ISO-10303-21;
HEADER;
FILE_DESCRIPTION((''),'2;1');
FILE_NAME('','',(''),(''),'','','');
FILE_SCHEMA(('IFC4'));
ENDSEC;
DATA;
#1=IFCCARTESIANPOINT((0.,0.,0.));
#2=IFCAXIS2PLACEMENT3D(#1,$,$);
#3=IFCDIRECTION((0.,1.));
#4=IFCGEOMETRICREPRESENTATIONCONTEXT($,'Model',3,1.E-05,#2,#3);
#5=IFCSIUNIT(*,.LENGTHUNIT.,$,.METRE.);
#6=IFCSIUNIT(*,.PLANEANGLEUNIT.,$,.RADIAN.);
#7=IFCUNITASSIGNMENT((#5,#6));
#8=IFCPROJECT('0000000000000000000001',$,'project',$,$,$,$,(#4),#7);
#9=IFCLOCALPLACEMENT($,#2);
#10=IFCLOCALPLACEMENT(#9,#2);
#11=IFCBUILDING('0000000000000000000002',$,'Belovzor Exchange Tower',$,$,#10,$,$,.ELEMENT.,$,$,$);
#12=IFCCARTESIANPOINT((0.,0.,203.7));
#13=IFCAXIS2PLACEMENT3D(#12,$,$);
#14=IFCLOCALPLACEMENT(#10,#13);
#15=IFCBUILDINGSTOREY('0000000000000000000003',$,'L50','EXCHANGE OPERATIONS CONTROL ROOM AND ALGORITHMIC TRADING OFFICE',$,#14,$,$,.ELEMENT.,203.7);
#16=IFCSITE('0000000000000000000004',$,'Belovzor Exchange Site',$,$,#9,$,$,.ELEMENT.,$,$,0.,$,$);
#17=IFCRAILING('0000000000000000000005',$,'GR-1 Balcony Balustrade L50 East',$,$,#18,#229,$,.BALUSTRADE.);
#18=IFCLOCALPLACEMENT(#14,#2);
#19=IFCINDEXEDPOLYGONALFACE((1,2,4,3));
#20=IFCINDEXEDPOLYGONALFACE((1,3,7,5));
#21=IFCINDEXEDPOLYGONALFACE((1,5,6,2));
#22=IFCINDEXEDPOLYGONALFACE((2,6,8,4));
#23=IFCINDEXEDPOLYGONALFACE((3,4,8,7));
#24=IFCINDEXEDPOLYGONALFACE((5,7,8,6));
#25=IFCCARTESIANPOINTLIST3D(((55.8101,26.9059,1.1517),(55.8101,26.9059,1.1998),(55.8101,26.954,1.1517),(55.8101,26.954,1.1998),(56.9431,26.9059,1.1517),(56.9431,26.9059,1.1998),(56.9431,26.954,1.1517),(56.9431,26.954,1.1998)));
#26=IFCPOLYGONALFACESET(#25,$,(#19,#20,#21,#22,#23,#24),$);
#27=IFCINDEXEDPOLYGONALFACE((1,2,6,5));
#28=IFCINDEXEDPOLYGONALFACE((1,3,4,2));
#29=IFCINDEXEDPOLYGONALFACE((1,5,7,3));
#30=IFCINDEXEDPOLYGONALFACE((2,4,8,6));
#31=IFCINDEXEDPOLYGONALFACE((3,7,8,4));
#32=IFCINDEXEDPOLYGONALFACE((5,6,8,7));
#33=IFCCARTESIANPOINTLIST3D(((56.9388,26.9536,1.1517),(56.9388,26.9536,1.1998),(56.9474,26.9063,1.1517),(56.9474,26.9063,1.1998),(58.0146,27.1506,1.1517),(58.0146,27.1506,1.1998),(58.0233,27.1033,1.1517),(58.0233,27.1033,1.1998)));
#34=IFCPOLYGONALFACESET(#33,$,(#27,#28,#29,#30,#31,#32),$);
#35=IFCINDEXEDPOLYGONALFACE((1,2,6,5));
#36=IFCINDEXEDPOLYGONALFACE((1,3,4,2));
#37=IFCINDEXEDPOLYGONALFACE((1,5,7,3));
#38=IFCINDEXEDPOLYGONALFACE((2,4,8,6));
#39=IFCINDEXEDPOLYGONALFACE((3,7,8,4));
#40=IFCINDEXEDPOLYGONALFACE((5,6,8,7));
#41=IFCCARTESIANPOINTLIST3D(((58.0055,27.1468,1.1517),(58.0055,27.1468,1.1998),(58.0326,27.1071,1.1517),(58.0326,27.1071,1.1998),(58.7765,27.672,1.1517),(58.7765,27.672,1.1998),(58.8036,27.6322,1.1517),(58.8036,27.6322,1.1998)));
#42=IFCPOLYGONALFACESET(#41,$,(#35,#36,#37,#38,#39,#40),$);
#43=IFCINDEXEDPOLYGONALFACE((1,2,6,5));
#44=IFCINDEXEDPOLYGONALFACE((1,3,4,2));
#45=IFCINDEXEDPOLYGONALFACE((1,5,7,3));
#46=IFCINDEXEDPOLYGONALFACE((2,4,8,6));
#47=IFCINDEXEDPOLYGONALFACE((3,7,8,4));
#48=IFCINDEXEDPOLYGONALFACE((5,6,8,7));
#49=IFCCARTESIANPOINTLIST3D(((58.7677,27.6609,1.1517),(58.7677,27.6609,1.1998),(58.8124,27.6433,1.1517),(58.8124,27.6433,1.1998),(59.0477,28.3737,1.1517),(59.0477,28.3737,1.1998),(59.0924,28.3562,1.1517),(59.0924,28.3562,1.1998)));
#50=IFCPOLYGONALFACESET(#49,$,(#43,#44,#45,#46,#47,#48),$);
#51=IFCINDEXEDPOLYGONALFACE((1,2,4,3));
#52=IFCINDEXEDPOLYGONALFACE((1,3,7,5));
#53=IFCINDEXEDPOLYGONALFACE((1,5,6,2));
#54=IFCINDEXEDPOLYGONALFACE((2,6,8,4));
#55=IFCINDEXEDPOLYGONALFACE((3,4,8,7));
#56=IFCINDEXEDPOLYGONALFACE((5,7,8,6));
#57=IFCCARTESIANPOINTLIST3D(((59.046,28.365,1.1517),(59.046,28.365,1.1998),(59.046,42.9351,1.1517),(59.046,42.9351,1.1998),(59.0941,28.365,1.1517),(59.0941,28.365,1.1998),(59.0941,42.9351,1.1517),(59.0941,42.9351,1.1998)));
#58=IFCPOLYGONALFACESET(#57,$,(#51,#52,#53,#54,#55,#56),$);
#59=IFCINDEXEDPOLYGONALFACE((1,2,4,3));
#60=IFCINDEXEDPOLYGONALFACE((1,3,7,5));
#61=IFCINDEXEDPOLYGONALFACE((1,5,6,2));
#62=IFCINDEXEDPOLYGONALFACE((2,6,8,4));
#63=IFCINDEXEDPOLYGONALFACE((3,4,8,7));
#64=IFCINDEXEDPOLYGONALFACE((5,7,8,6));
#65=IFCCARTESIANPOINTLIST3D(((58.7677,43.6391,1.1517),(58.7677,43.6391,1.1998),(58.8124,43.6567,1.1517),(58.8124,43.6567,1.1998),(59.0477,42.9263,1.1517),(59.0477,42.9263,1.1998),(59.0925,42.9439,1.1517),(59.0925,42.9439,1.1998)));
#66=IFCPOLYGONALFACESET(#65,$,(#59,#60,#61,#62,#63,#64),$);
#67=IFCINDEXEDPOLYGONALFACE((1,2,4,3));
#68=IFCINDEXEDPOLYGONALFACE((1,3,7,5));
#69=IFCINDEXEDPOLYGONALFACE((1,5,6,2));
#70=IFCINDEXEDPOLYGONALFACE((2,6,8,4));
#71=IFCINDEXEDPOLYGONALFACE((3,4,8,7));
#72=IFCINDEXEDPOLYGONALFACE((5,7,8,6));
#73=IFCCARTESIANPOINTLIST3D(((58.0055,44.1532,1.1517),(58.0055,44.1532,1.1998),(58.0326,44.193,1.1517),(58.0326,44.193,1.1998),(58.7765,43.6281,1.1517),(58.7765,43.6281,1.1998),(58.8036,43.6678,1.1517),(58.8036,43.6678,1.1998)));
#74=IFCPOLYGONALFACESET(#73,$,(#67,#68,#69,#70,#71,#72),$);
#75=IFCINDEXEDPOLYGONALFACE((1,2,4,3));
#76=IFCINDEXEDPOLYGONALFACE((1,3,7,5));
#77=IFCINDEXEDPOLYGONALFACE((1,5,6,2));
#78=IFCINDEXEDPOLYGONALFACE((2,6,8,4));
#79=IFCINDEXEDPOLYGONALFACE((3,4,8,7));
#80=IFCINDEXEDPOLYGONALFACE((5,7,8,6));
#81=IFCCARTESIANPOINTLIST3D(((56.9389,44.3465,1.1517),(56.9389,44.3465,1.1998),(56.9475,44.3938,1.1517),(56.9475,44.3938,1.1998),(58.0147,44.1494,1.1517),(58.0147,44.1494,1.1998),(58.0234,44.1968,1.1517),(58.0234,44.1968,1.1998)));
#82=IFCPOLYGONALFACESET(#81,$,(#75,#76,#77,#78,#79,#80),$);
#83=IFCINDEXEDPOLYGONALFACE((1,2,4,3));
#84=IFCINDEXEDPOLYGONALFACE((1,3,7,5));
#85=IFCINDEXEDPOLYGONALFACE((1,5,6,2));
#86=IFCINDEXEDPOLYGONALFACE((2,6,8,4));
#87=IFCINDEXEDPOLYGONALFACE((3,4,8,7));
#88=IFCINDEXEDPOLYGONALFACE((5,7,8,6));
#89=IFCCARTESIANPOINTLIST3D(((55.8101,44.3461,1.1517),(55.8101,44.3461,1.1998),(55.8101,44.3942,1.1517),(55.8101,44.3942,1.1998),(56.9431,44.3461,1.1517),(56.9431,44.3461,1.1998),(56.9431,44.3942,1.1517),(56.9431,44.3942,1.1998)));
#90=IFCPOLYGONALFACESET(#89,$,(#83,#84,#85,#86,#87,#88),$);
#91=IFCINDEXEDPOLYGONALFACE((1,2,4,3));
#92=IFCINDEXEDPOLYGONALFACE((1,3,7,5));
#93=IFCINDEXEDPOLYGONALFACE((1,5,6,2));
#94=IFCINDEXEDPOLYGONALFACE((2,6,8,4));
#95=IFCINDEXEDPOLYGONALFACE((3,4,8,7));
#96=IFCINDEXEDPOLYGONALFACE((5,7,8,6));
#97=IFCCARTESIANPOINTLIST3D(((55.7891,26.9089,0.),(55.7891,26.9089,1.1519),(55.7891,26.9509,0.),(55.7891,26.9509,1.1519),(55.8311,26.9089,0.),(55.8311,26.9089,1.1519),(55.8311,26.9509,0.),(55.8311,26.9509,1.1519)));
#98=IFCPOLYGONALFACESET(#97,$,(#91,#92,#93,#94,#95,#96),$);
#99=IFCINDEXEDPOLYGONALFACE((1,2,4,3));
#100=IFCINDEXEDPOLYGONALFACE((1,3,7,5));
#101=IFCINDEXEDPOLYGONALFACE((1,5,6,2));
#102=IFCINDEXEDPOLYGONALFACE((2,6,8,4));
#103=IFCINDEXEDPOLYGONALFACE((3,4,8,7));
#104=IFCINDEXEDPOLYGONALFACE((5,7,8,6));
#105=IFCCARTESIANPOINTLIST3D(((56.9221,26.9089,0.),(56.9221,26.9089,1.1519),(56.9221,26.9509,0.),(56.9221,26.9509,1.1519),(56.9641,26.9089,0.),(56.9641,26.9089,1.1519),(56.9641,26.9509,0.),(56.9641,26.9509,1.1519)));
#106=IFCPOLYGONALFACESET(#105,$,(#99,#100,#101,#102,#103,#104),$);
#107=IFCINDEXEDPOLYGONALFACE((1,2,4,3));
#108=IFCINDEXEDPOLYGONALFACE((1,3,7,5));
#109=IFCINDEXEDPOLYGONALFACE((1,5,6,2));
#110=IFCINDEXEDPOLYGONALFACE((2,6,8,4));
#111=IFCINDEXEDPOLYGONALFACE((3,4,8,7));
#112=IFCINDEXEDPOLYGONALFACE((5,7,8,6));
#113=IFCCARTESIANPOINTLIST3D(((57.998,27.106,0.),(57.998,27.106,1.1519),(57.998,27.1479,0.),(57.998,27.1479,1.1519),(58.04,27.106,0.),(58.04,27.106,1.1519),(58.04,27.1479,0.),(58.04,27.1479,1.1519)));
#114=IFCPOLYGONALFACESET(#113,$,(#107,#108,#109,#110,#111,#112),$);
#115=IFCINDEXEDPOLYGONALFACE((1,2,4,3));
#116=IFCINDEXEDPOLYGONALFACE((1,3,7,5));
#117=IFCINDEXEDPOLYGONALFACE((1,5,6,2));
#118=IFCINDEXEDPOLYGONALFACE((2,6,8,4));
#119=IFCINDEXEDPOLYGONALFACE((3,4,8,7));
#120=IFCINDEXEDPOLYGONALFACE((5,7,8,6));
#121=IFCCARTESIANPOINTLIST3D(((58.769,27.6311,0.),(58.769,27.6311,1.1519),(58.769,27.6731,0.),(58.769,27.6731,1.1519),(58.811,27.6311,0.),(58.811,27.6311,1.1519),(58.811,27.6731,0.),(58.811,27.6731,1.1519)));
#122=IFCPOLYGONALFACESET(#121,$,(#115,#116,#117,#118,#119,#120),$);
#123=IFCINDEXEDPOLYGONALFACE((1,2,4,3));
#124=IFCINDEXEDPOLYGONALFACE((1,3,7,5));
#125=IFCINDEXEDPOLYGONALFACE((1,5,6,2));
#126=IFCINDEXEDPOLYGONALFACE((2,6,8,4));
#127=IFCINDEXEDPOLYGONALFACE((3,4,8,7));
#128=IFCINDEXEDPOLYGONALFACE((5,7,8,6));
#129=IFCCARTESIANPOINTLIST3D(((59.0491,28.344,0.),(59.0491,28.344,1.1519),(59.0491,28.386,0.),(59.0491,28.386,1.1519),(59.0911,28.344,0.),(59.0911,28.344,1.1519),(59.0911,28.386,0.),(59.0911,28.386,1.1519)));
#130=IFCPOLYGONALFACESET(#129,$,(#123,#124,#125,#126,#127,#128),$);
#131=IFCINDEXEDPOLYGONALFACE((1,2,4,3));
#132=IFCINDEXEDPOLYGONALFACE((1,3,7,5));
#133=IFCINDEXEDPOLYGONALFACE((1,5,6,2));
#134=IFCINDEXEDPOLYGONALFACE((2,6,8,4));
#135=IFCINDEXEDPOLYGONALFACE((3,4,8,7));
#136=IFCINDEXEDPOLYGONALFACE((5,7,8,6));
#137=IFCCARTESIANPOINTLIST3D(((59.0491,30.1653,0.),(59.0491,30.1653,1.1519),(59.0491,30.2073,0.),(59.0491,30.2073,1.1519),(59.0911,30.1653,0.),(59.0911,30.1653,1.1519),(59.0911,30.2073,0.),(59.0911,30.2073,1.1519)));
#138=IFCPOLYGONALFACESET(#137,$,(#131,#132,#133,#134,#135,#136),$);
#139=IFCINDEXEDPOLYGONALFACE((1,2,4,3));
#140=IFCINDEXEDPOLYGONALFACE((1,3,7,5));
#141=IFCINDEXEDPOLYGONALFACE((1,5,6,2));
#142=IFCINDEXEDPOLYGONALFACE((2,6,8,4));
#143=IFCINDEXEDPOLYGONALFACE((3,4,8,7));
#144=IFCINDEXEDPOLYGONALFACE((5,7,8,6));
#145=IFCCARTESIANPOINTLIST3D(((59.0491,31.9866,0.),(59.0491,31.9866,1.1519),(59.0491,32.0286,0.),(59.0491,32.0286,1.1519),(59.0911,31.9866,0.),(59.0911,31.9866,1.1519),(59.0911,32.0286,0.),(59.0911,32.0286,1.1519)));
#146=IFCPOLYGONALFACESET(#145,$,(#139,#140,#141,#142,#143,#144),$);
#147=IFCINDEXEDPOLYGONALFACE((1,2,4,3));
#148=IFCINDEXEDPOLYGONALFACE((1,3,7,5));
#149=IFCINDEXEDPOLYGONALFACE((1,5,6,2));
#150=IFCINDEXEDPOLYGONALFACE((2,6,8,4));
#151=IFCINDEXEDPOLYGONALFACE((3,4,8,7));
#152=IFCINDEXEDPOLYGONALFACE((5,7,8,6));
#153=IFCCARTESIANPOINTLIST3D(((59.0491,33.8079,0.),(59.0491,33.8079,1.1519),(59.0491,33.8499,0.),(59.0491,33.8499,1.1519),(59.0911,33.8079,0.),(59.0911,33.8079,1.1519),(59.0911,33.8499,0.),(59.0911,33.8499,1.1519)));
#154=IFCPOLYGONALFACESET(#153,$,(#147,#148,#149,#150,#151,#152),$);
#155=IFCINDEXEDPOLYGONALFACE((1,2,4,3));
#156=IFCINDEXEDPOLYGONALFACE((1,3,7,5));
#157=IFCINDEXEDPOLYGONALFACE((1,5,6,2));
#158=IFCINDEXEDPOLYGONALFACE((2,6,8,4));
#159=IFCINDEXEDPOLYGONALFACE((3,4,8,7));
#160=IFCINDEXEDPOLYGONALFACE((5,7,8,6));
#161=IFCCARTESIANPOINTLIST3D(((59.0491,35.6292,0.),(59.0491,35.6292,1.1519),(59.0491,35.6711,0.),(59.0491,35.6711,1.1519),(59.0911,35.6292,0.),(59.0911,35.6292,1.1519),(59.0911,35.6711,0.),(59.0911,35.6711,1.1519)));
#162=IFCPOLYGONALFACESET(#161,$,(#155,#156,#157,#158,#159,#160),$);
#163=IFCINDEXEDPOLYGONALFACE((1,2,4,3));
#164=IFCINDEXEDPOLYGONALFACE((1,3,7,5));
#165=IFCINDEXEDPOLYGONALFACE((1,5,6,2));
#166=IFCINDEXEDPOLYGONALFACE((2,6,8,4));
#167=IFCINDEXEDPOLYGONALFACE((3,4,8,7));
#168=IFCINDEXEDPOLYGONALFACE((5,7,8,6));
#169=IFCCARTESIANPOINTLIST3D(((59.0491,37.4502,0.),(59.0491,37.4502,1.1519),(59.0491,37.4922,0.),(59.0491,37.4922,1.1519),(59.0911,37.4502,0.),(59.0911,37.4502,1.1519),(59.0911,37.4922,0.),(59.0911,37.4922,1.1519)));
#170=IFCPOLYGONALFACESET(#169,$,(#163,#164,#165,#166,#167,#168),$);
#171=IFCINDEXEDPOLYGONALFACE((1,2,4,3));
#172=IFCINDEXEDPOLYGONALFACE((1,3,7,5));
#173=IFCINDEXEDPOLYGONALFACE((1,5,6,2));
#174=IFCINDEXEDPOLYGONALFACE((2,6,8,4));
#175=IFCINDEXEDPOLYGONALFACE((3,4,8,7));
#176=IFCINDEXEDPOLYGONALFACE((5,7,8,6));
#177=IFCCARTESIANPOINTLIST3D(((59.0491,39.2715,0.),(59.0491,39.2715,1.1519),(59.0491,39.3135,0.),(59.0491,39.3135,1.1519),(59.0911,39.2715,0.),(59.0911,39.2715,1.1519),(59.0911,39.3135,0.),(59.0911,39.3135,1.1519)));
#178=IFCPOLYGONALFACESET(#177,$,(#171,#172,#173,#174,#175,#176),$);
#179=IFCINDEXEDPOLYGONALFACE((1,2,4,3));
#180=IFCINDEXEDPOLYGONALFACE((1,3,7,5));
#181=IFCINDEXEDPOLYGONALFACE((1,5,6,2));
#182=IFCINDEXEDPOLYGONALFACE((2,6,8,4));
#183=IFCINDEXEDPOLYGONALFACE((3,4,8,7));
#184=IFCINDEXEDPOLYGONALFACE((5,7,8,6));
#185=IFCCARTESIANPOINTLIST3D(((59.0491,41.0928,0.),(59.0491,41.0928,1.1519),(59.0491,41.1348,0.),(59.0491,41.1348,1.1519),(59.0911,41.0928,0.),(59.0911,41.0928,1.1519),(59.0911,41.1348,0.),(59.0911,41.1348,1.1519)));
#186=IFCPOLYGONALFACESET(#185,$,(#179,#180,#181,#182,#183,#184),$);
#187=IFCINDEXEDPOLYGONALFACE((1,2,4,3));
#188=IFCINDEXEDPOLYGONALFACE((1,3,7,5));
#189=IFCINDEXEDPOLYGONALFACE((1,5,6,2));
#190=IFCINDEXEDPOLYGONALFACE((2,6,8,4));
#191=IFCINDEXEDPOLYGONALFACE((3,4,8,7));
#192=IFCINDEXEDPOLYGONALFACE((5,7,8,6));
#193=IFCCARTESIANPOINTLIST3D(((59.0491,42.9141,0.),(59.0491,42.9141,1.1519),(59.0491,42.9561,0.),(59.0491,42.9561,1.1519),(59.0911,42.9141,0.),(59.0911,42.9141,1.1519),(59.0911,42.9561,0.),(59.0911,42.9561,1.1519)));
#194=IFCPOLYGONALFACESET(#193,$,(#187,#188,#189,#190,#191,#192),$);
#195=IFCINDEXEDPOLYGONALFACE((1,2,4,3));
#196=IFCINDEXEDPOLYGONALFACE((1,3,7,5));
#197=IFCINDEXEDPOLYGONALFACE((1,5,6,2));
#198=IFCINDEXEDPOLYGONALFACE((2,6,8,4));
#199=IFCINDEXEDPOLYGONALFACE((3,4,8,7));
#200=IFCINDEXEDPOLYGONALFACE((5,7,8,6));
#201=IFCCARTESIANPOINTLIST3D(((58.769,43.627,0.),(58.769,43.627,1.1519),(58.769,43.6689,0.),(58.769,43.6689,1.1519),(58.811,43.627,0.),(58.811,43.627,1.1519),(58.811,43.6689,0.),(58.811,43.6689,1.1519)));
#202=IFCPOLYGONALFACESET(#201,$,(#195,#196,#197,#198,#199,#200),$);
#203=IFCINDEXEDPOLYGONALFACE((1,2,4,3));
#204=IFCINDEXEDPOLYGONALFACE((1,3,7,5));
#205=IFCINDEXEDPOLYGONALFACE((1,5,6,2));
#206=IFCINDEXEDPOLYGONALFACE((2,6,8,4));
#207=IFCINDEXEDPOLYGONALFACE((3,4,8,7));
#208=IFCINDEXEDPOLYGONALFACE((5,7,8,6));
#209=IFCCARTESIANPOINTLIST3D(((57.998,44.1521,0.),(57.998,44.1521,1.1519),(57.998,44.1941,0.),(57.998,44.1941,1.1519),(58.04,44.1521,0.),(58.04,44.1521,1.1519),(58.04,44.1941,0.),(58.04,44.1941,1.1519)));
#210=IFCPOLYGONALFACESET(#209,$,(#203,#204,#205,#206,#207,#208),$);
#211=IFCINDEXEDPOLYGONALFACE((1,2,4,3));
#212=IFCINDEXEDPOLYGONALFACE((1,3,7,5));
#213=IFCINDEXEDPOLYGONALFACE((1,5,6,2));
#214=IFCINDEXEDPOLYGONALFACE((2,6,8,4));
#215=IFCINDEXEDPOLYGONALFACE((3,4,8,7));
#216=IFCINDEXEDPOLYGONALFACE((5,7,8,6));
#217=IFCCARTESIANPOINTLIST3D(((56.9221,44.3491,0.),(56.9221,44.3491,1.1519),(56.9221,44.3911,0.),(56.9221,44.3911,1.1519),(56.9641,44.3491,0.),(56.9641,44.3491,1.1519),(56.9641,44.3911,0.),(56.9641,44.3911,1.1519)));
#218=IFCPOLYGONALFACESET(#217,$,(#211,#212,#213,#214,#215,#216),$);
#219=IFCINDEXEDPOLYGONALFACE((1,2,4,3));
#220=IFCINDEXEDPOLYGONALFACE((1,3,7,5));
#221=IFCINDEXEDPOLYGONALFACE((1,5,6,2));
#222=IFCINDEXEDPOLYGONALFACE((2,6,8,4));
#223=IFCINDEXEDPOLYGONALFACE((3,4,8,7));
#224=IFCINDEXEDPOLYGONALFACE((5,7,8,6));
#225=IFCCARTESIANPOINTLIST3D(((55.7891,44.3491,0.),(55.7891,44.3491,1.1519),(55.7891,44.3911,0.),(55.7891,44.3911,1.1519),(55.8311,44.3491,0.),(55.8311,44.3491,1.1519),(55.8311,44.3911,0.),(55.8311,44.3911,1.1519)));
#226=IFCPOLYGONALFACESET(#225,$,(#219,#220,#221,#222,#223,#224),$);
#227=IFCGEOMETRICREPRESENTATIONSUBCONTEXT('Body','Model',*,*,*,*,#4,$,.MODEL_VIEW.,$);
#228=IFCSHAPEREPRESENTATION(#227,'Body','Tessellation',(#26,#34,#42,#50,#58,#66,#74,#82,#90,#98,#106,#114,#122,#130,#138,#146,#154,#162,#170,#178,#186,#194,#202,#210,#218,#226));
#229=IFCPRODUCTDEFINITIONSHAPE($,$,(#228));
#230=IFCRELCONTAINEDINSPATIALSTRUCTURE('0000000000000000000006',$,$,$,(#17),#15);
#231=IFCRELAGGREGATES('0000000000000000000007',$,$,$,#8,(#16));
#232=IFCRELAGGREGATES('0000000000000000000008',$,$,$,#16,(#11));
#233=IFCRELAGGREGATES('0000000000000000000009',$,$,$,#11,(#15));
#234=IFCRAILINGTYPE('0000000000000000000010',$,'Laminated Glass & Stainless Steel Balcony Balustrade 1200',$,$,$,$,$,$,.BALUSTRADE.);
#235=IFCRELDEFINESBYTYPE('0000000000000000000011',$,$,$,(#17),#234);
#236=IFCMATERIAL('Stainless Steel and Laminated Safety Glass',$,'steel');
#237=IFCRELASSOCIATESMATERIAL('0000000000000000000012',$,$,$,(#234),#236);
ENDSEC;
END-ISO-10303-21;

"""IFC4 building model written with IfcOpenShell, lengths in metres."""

from ifc_helpers import new_model, si_unit, direction, frame, origin, origin_2d, place, context, subcontext, project, spatial, rectangle, extrude, material, type_object, element, save


model = new_model("IFC4")

# Units and contexts
model_context = context("Model", 3, precision=1e-05, world=origin(), true_north=direction((0.0, 1.0)))
body_context = subcontext(model_context, "Body", "Model", "MODEL_VIEW")
ifc_project = project(units=[si_unit("LENGTHUNIT", "METRE"), si_unit("PLANEANGLEUNIT", "RADIAN")], contexts=[model_context])

# Site, building, storey
site_placement = place(None, origin())
site = spatial("IfcSite", under=ifc_project, at=site_placement, Name="Belovzor Exchange Site", CompositionType="ELEMENT", RefElevation=0.0)
building_placement = place(site_placement, origin())
building = spatial("IfcBuilding", under=site, at=building_placement, Name="Belovzor Exchange Tower", CompositionType="ELEMENT")
storey_placement = place(building_placement, frame((0.0, 0.0, 203.7)))
storey = spatial("IfcBuildingStorey", under=building, at=storey_placement, Name="L50", Description="EXCHANGE OPERATIONS CONTROL ROOM AND ALGORITHMIC TRADING OFFICE", CompositionType="ELEMENT", Elevation=203.7)

# Railing
ifc_material_1 = material(Name="Stainless Steel and Laminated Safety Glass", Category="steel")
railing_type = type_object("IfcRailingType", Name="Laminated Glass & Stainless Steel Balcony Balustrade 1200", PredefinedType="BALUSTRADE", material=ifc_material_1)
railing_placement = place(storey_placement, frame((55.8101, 26.9299, 0.0)))
element("IfcRailing", 1, at=railing_placement, inside=storey, type_object=railing_type, Name="GR-1 Balcony Balustrade L50 East", PredefinedType="BALUSTRADE", context=body_context, shape_type="SweptSolid", body=[
    extrude(rectangle(XDim=0.0481, YDim=0.0481, at=origin_2d()), frame((0.0, 0.0, 1.1758), z_axis=(1.0, 0.0, 0.0), x_axis=(0.0, 1.0, 0.0)), (0.0, 0.0, 1.0), 1.1331),
    extrude(rectangle(XDim=0.0481, YDim=0.0481, at=origin_2d()), frame((1.1331, 0.0, 1.1758), z_axis=(0.983644, 0.180123, 0.0), x_axis=(-0.180123, 0.983644, 0.0)), (0.0, 0.0, 1.0), 1.0938),
    extrude(rectangle(XDim=0.0481, YDim=0.0481, at=origin_2d()), frame((2.209, 0.197, 1.1758), z_axis=(0.826493, 0.562947, 0.0), x_axis=(-0.562947, 0.826493, 0.0)), (0.0, 0.0, 1.0), 0.9329),
    extrude(rectangle(XDim=0.0481, YDim=0.0481, at=origin_2d()), frame((2.98, 0.7222, 1.1758), z_axis=(0.365613, 0.930767, 0.0), x_axis=(-0.930767, 0.365613, 0.0)), (0.0, 0.0, 1.0), 0.7659),
    extrude(rectangle(XDim=0.0481, YDim=0.0481, at=origin_2d()), frame((3.26, 1.4351, 1.1758), z_axis=(0.0, 1.0, 0.0), x_axis=(-1.0, 0.0, 0.0)), (0.0, 0.0, 1.0), 14.5701),
    extrude(rectangle(XDim=0.0481, YDim=0.0481, at=origin_2d()), frame((3.26, 16.0051, 1.1758), z_axis=(-0.365613, 0.930767, 0.0), x_axis=(-0.930767, -0.365613, 0.0)), (0.0, 0.0, 1.0), 0.7659),
    extrude(rectangle(XDim=0.0481, YDim=0.0481, at=origin_2d()), frame((2.98, 16.718, 1.1758), z_axis=(-0.826493, 0.562947, 0.0), x_axis=(-0.562947, -0.826493, 0.0)), (0.0, 0.0, 1.0), 0.9329),
    extrude(rectangle(XDim=0.0481, YDim=0.0481, at=origin_2d()), frame((2.209, 17.2432, 1.1758), z_axis=(-0.983644, 0.180123, 0.0), x_axis=(-0.180123, -0.983644, 0.0)), (0.0, 0.0, 1.0), 1.0938),
    extrude(rectangle(XDim=0.0481, YDim=0.0481, at=origin_2d()), frame((1.1331, 17.4402, 1.1758), z_axis=(-1.0, 0.0, 0.0), x_axis=(0.0, -1.0, 0.0)), (0.0, 0.0, 1.0), 1.1331),
    extrude(rectangle(XDim=0.042, YDim=0.042, at=origin_2d()), origin(), (0.0, 0.0, 1.0), 1.1519),
    extrude(rectangle(XDim=0.042, YDim=0.042, at=origin_2d()), frame((1.1331, 0.0, 0.0)), (0.0, 0.0, 1.0), 1.1519),
    extrude(rectangle(XDim=0.042, YDim=0.042, at=origin_2d()), frame((2.209, 0.197, 0.0)), (0.0, 0.0, 1.0), 1.1519),
    extrude(rectangle(XDim=0.042, YDim=0.042, at=origin_2d()), frame((2.98, 0.7222, 0.0)), (0.0, 0.0, 1.0), 1.1519),
    extrude(rectangle(XDim=0.042, YDim=0.042, at=origin_2d()), frame((3.26, 1.4351, 0.0)), (0.0, 0.0, 1.0), 1.1519),
    extrude(rectangle(XDim=0.042, YDim=0.042, at=origin_2d()), frame((3.26, 3.2563, 0.0)), (0.0, 0.0, 1.0), 1.1519),
    extrude(rectangle(XDim=0.042, YDim=0.042, at=origin_2d()), frame((3.26, 5.0776, 0.0)), (0.0, 0.0, 1.0), 1.1519),
    extrude(rectangle(XDim=0.042, YDim=0.042, at=origin_2d()), frame((3.26, 6.8989, 0.0)), (0.0, 0.0, 1.0), 1.1519),
    extrude(rectangle(XDim=0.042, YDim=0.042, at=origin_2d()), frame((3.26, 8.7202, 0.0)), (0.0, 0.0, 1.0), 1.1519),
    extrude(rectangle(XDim=0.042, YDim=0.042, at=origin_2d()), frame((3.26, 10.5413, 0.0)), (0.0, 0.0, 1.0), 1.1519),
    extrude(rectangle(XDim=0.042, YDim=0.042, at=origin_2d()), frame((3.26, 12.3625, 0.0)), (0.0, 0.0, 1.0), 1.1519),
    extrude(rectangle(XDim=0.042, YDim=0.042, at=origin_2d()), frame((3.26, 14.1838, 0.0)), (0.0, 0.0, 1.0), 1.1519),
    extrude(rectangle(XDim=0.042, YDim=0.042, at=origin_2d()), frame((3.26, 16.0051, 0.0)), (0.0, 0.0, 1.0), 1.1519),
    extrude(rectangle(XDim=0.042, YDim=0.042, at=origin_2d()), frame((2.98, 16.718, 0.0)), (0.0, 0.0, 1.0), 1.1519),
    extrude(rectangle(XDim=0.042, YDim=0.042, at=origin_2d()), frame((2.209, 17.2432, 0.0)), (0.0, 0.0, 1.0), 1.1519),
    extrude(rectangle(XDim=0.042, YDim=0.042, at=origin_2d()), frame((1.1331, 17.4402, 0.0)), (0.0, 0.0, 1.0), 1.1519),
    extrude(rectangle(XDim=0.042, YDim=0.042, at=origin_2d()), frame((0.0, 17.4402, 0.0)), (0.0, 0.0, 1.0), 1.1519),
])

save(model, "model.ifc")
